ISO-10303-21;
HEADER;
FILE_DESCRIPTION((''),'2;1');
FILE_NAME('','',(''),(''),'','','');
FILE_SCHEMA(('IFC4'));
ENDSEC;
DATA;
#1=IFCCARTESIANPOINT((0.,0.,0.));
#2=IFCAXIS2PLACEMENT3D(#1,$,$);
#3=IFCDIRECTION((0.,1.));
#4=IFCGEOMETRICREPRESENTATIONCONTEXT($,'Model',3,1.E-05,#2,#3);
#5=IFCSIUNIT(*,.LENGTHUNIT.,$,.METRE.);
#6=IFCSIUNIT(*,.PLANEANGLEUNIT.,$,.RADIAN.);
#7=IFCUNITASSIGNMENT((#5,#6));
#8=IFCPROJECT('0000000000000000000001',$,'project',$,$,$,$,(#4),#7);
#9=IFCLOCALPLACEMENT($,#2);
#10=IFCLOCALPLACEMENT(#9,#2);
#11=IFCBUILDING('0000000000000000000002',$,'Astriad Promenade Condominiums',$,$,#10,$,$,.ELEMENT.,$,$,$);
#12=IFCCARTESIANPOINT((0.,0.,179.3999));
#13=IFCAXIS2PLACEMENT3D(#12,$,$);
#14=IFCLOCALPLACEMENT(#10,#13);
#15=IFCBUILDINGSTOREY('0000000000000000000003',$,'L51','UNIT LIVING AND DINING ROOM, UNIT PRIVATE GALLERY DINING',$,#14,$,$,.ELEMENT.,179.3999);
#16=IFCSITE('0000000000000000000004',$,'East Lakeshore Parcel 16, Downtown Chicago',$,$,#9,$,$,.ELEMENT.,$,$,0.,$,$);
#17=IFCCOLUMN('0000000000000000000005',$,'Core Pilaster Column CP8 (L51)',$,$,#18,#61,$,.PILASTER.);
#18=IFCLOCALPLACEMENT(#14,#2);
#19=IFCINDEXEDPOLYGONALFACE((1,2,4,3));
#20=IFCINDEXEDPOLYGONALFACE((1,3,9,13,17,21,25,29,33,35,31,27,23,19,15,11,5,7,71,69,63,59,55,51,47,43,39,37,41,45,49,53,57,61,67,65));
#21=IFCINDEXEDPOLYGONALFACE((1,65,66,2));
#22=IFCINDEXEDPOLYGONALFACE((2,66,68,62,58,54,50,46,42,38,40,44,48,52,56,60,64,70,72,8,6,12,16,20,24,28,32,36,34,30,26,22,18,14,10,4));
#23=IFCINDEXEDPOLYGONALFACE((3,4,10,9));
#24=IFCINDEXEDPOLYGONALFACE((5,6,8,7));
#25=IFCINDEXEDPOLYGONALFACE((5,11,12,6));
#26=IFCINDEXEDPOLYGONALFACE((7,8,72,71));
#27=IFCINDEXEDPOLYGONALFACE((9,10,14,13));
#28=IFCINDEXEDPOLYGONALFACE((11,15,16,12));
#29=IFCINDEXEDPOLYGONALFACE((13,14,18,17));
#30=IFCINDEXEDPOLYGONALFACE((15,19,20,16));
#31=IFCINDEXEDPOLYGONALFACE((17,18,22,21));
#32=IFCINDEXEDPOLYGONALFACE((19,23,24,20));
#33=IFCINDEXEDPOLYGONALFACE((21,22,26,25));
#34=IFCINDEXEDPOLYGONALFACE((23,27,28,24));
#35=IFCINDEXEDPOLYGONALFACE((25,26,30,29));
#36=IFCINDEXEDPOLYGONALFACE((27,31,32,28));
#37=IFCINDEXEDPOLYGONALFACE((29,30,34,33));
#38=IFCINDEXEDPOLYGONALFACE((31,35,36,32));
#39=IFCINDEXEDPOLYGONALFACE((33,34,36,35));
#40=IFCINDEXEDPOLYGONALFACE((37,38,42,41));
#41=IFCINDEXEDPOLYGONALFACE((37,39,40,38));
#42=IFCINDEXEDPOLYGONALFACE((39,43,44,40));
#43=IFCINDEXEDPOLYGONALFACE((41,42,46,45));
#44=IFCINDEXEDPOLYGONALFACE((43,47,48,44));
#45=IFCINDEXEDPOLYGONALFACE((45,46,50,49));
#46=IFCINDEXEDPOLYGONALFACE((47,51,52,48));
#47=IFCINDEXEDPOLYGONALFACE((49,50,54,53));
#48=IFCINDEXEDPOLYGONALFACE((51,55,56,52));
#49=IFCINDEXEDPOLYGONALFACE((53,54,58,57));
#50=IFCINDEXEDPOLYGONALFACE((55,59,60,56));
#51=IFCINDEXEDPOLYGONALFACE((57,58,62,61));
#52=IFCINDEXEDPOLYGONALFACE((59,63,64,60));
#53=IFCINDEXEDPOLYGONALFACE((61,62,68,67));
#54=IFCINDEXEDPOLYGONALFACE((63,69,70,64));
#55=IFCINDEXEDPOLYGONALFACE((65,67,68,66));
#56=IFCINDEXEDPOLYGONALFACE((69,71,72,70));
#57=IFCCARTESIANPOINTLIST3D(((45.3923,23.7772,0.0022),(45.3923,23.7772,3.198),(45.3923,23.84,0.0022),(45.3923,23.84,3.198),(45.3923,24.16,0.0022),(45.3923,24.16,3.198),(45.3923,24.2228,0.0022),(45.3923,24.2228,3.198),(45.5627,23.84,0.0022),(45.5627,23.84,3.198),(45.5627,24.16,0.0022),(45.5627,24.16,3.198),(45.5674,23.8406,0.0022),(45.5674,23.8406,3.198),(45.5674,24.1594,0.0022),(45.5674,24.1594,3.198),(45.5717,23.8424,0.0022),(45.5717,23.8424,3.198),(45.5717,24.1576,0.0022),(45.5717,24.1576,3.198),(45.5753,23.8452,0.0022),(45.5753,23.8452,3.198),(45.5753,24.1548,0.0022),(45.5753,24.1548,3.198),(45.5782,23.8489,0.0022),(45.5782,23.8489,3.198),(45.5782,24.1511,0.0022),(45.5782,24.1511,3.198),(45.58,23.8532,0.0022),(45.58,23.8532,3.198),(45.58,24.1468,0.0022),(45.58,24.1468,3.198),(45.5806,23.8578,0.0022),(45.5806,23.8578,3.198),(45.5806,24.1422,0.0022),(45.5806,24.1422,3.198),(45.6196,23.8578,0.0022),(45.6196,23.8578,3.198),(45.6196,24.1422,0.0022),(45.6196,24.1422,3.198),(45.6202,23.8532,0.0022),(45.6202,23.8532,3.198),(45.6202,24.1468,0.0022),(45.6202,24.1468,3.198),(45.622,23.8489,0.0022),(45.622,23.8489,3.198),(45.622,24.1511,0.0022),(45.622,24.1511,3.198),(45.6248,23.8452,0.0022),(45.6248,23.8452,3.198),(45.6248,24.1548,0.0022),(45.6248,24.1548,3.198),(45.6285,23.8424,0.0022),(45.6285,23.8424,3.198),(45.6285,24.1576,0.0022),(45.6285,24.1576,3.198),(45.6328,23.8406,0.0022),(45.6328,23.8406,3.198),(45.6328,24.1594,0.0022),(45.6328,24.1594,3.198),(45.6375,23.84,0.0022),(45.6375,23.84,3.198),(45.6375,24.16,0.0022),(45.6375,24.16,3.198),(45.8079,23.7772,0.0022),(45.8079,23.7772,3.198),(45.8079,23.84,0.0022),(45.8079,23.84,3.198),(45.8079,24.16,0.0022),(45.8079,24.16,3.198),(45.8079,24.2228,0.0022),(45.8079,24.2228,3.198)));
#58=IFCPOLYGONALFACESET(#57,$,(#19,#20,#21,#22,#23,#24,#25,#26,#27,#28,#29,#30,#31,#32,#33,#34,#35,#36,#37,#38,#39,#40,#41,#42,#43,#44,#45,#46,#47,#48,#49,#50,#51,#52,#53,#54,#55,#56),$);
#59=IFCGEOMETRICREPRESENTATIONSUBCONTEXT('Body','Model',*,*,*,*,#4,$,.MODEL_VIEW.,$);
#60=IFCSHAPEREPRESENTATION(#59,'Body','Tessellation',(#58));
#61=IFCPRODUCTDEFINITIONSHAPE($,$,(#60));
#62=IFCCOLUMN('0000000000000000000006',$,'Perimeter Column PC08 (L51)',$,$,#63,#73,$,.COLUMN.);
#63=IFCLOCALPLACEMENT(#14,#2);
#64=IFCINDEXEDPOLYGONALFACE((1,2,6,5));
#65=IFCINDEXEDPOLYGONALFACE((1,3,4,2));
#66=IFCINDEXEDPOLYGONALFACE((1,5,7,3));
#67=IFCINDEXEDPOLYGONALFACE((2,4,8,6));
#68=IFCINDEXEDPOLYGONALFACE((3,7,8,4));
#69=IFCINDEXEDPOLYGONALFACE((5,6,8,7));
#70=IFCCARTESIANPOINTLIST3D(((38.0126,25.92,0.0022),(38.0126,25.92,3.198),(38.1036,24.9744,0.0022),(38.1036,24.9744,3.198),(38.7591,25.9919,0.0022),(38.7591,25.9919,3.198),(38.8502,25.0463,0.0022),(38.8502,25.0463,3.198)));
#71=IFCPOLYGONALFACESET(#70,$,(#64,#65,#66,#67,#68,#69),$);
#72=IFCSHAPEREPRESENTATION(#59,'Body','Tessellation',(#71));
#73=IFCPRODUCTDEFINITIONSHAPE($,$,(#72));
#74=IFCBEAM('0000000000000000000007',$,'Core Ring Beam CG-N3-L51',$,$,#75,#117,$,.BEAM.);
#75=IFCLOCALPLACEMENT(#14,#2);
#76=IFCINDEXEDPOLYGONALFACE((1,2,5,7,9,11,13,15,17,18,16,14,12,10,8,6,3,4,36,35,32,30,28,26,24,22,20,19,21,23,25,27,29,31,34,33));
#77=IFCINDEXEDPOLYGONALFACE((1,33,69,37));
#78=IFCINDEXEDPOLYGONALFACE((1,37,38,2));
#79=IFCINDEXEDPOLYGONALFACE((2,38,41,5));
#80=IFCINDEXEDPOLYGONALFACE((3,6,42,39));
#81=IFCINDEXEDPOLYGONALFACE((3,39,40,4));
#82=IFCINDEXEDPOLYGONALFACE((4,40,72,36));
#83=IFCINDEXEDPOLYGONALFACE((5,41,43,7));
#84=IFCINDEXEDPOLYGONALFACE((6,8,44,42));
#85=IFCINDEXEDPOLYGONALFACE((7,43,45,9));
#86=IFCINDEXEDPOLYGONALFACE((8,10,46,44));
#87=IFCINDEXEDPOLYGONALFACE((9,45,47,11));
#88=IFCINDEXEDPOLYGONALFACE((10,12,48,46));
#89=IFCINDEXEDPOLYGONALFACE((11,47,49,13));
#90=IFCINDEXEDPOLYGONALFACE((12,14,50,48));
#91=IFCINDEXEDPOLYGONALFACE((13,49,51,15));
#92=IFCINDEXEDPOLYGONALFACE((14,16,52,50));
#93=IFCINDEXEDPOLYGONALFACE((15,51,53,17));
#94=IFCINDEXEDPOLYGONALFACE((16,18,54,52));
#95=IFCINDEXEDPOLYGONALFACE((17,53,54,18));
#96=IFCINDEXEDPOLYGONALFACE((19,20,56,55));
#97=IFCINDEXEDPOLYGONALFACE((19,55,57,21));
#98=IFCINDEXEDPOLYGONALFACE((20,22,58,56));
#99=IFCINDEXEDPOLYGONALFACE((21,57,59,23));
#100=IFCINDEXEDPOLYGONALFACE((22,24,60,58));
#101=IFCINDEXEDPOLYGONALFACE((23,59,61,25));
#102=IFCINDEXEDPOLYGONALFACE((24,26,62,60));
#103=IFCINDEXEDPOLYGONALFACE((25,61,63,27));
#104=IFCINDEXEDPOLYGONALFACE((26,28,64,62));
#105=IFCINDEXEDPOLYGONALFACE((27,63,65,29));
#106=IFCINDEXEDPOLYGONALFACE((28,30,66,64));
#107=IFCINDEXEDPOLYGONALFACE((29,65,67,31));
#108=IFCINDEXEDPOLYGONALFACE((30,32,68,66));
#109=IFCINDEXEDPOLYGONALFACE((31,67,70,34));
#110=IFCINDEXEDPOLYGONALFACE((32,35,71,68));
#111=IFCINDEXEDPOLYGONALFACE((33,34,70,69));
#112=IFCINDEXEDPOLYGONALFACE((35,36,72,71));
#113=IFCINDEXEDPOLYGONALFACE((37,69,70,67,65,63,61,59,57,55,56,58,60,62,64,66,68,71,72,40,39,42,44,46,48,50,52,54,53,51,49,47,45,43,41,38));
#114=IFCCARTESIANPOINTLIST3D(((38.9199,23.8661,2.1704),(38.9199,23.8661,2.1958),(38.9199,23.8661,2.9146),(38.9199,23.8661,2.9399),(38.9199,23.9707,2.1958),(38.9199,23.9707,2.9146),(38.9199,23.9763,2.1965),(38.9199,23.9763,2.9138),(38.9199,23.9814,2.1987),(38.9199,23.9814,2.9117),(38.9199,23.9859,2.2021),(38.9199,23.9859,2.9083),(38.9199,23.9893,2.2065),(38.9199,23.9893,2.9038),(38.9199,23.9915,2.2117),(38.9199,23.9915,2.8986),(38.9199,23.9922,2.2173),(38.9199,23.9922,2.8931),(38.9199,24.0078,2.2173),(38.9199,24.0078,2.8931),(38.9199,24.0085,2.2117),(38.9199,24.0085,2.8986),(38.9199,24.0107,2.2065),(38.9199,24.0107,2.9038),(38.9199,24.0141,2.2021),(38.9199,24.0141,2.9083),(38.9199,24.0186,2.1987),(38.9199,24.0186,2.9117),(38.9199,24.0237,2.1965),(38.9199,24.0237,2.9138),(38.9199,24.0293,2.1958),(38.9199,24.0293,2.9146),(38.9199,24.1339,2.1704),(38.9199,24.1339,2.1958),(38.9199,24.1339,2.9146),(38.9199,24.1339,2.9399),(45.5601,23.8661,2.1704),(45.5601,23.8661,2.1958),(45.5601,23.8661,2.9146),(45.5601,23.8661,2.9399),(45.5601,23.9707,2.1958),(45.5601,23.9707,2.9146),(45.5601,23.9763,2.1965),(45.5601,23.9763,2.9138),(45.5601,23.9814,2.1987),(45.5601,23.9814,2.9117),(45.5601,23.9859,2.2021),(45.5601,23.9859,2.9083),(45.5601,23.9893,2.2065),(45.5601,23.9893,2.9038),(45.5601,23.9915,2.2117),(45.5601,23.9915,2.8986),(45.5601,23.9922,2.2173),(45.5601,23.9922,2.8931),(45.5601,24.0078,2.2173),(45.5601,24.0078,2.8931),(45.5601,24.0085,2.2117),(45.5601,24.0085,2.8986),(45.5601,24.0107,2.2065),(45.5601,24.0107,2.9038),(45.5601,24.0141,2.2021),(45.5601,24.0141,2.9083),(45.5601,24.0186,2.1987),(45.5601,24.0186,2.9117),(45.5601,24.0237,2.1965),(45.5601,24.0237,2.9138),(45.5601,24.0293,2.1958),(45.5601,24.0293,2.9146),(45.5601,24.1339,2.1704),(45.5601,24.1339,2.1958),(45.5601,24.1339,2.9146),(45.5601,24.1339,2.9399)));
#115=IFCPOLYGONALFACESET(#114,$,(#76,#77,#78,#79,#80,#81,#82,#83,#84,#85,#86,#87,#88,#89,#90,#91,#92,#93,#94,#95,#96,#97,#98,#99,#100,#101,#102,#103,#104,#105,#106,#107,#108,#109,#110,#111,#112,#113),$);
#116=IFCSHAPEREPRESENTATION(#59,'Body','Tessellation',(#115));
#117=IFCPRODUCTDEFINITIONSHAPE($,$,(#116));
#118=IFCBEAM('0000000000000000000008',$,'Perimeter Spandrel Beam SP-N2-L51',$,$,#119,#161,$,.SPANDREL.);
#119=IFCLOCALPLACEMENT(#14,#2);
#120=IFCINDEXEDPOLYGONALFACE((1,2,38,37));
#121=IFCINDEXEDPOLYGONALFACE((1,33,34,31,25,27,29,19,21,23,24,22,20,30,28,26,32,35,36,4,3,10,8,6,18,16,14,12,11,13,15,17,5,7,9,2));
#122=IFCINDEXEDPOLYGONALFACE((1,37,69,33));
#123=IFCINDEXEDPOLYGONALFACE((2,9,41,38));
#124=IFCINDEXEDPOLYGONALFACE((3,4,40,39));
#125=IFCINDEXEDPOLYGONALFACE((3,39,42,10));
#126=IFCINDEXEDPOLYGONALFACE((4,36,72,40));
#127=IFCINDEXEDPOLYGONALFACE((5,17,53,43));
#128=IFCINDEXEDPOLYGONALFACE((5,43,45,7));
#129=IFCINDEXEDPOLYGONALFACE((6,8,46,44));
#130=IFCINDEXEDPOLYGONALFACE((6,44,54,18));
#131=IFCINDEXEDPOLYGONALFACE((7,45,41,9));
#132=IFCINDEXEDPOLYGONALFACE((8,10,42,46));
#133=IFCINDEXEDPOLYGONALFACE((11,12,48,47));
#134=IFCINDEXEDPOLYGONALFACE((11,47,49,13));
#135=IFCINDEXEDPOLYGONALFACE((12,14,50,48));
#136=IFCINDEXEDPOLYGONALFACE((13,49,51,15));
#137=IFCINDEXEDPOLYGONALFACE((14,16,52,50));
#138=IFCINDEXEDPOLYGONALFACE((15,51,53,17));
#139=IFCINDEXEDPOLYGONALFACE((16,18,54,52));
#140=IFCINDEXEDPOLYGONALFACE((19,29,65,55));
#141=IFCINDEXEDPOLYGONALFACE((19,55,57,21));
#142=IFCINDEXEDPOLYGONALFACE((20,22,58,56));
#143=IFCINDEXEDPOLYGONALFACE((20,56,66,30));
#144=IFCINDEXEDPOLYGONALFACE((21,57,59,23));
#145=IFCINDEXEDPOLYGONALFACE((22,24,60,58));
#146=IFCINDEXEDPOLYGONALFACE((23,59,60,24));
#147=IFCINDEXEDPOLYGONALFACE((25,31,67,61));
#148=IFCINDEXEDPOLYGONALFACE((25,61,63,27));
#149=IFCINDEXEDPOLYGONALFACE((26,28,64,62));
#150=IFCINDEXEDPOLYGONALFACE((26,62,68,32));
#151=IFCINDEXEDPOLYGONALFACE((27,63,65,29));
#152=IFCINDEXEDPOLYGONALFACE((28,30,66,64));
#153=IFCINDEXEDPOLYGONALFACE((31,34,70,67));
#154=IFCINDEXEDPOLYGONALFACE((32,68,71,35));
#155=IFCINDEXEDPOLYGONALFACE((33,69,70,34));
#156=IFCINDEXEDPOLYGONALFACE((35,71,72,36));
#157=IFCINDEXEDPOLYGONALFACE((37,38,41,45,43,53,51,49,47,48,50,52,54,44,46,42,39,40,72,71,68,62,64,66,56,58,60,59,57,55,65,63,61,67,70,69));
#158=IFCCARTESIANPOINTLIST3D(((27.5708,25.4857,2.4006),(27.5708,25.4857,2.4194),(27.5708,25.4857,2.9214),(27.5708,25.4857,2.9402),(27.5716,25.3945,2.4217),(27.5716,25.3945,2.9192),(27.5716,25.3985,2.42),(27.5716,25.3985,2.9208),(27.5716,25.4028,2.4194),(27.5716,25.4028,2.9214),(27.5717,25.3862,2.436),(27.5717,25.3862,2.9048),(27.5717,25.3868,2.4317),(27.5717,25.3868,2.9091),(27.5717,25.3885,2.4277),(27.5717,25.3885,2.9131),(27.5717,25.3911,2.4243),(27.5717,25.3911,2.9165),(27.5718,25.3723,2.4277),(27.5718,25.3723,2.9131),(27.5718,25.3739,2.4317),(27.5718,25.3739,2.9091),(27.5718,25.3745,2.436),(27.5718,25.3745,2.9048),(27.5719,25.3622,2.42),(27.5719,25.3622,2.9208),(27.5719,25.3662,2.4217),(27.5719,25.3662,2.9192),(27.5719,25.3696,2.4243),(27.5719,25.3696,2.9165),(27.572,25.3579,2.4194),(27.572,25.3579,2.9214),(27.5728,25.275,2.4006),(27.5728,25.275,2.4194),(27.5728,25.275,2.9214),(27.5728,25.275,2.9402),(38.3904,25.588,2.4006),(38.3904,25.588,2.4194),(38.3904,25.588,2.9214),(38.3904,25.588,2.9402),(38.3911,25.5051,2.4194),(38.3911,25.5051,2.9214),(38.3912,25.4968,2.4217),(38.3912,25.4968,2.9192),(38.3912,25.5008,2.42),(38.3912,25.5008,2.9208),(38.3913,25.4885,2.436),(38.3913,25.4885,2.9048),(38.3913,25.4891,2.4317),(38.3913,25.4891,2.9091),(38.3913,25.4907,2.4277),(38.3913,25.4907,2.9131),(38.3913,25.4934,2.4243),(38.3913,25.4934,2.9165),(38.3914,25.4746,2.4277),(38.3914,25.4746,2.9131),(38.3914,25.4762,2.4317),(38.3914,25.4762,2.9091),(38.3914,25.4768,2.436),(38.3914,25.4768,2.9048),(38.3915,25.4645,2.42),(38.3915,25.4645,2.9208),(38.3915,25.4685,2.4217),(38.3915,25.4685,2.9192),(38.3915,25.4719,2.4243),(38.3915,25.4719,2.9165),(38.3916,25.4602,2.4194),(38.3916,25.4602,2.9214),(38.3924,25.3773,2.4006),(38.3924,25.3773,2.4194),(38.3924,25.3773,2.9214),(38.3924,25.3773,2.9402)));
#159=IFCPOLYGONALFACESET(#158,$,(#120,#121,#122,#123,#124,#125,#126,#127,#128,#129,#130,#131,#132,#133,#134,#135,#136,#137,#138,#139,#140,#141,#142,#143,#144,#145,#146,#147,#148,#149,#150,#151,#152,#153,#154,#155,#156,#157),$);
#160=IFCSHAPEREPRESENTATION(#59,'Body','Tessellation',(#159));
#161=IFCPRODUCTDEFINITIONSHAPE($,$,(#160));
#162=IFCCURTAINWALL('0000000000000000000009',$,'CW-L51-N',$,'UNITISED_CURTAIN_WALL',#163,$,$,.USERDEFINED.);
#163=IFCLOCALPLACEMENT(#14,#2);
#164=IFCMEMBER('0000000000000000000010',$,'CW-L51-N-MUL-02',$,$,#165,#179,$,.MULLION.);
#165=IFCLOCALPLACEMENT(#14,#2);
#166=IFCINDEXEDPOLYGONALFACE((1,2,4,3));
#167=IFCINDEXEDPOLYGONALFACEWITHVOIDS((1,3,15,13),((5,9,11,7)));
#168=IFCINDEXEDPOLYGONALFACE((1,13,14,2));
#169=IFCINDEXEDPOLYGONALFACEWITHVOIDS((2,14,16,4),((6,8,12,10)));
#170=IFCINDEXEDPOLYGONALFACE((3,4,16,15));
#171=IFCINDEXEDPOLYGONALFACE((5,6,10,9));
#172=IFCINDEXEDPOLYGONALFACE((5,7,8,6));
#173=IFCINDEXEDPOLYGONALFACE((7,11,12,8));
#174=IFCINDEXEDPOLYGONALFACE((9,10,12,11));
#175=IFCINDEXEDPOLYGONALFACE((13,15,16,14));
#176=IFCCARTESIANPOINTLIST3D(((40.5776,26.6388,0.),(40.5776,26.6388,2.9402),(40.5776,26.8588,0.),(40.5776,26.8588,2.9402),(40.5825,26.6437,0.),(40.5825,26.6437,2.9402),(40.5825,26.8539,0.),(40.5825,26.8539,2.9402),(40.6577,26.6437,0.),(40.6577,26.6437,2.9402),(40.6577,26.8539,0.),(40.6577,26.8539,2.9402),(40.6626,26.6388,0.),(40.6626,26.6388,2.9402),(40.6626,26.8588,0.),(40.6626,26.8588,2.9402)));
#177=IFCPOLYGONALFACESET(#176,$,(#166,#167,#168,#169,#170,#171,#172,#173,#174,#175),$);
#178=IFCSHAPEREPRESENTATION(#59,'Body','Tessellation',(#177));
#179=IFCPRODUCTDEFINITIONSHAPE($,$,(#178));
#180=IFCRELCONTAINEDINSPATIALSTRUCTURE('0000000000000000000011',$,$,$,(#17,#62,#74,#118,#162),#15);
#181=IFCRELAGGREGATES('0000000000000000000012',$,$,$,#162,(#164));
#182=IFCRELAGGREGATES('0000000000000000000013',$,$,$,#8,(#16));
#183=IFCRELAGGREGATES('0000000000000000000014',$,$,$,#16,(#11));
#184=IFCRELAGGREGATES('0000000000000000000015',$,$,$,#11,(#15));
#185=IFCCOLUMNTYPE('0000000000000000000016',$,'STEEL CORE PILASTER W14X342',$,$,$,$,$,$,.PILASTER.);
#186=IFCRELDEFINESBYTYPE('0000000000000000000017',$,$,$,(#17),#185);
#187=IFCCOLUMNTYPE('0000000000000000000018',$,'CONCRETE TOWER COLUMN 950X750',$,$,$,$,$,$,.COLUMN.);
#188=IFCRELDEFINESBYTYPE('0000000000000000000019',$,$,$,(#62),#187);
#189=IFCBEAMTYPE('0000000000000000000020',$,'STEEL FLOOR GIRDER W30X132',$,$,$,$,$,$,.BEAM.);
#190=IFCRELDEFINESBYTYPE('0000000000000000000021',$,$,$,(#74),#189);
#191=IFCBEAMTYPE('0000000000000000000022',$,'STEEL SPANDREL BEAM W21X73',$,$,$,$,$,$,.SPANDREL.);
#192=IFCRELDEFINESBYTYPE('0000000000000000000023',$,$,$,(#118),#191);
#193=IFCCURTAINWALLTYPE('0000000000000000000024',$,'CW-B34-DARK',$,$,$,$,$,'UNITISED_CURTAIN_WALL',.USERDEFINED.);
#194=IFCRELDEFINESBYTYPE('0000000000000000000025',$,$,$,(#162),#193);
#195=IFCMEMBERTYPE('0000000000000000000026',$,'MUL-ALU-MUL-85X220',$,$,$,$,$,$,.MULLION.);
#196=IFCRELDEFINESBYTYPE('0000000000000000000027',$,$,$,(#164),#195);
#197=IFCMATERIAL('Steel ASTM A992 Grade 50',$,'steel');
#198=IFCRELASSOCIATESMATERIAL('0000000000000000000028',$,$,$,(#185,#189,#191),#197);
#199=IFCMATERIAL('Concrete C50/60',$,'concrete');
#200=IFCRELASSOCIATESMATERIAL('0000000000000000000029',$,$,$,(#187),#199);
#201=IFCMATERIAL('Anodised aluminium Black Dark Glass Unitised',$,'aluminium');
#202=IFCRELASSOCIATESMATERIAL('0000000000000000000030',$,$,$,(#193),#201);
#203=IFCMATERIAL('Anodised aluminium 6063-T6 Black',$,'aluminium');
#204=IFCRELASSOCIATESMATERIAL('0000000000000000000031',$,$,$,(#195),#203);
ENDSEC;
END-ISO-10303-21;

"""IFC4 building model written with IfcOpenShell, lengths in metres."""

from ifc_helpers import new_model, si_unit, direction, frame, origin, origin_2d, place, context, subcontext, project, spatial, rectangle, hollow_rectangle, i_section, extrude, source, transform, mapped, material, material_profile, profile_set, type_object, type_shapes, element, aggregate, save


model = new_model("IFC4")

# Units and contexts
model_context = context("Model", 3, precision=1e-05, world=origin(), true_north=direction((0.0, 1.0)))
body_context = subcontext(model_context, "Body", "Model", "MODEL_VIEW")
ifc_project = project(units=[si_unit("LENGTHUNIT", "METRE"), si_unit("PLANEANGLEUNIT", "RADIAN")], contexts=[model_context])

# Site, building, storey
site_placement = place(None, origin())
site = spatial("IfcSite", under=ifc_project, at=site_placement, Name="East Lakeshore Parcel 16, Downtown Chicago", CompositionType="ELEMENT", RefElevation=0.0)
building_placement = place(site_placement, origin())
building = spatial("IfcBuilding", under=site, at=building_placement, Name="Astriad Promenade Condominiums", CompositionType="ELEMENT")
storey_placement = place(building_placement, frame((0.0, 0.0, 179.3999)))
storey = spatial("IfcBuildingStorey", under=building, at=storey_placement, Name="L51", Description="UNIT LIVING AND DINING ROOM, UNIT PRIVATE GALLERY DINING", CompositionType="ELEMENT", Elevation=179.3999)

# Columns
ifc_material_1 = material(Name="Steel ASTM A992 Grade 50", Category="steel")
ifc_material_profile_1 = material_profile(ifc_material_1, i_section(OverallWidth=0.4155, OverallDepth=0.4456, WebThickness=0.0391, FlangeThickness=0.0627, FilletRadius=0.0178, at=origin_2d()), Name="W14X342")
ifc_profile_set_1 = profile_set([ifc_material_profile_1], Name="Steel ASTM A992 Grade 50")
column_type_1 = type_object("IfcColumnType", Name="STEEL CORE PILASTER W14X342", PredefinedType="PILASTER", material=ifc_profile_set_1)
shared_shape_1 = source(origin(), body_context, "Body", "SweptSolid", [
    extrude(i_section(OverallWidth=0.4155, OverallDepth=0.4456, WebThickness=0.0391, FlangeThickness=0.0627, FilletRadius=0.0178, at=origin_2d()), origin(), (0.0, 0.0, 1.0), 3.1958),
])
type_shapes(column_type_1, [shared_shape_1])
column_1_placement = place(storey_placement, frame((45.6001, 24.0, 0.0022), z_axis=(0.0, 0.0, 1.0), x_axis=(1.0, 0.0, 0.0)))
element("IfcColumn", 1, at=column_1_placement, inside=storey, type_object=column_type_1, Name="Core Pilaster Column CP8 (L51)", PredefinedType="PILASTER", context=body_context, shape_type="MappedRepresentation", body=[
    mapped(shared_shape_1, transform((0.0, 0.0, 0.0), scale=1.0)),
])
ifc_material_2 = material(Name="Concrete C50/60", Category="concrete")
ifc_material_profile_2 = material_profile(ifc_material_2, rectangle(XDim=0.75, YDim=0.95, at=origin_2d()), Name="RC-COL-950X750")
ifc_profile_set_2 = profile_set([ifc_material_profile_2], Name="Concrete C50/60")
column_type_2 = type_object("IfcColumnType", Name="CONCRETE TOWER COLUMN 950X750", PredefinedType="COLUMN", material=ifc_profile_set_2)
shared_shape_2 = source(origin(), body_context, "Body", "SweptSolid", [
    extrude(rectangle(XDim=0.75, YDim=0.95, at=origin_2d()), origin(), (0.0, 0.0, 1.0), 3.1958),
])
type_shapes(column_type_2, [shared_shape_2])
column_2_placement = place(storey_placement, frame((38.4314, 25.4832, 0.0022), z_axis=(0.0, 0.0, 1.0), x_axis=(0.995396, 0.095846, 0.0)))
element("IfcColumn", 2, at=column_2_placement, inside=storey, type_object=column_type_2, Name="Perimeter Column PC08 (L51)", PredefinedType="COLUMN", context=body_context, shape_type="MappedRepresentation", body=[
    mapped(shared_shape_2, transform((0.0, 0.0, 0.0), scale=1.0)),
])

# Beams
ifc_material_profile_3 = material_profile(ifc_material_1, i_section(OverallWidth=0.2678, OverallDepth=0.7695, WebThickness=0.0156, FlangeThickness=0.0254, FilletRadius=0.0215, at=origin_2d()), Name="W30X132")
ifc_profile_set_3 = profile_set([ifc_material_profile_3], Name="Steel ASTM A992 Grade 50")
beam_type_1 = type_object("IfcBeamType", Name="STEEL FLOOR GIRDER W30X132", PredefinedType="BEAM", material=ifc_profile_set_3)
shared_shape_3 = source(origin(), body_context, "Body", "SweptSolid", [
    extrude(i_section(OverallWidth=0.2678, OverallDepth=0.7695, WebThickness=0.0156, FlangeThickness=0.0254, FilletRadius=0.0215, at=origin_2d()), origin(), (0.0, 0.0, 1.0), 6.6401),
])
type_shapes(beam_type_1, [shared_shape_3])
beam_1_placement = place(storey_placement, frame((38.9199, 24.0, 2.5552), z_axis=(1.0, 0.0, 0.0), x_axis=(0.0, 1.0, 0.0)))
element("IfcBeam", 3, at=beam_1_placement, inside=storey, type_object=beam_type_1, Name="Core Ring Beam CG-N3-L51", PredefinedType="BEAM", context=body_context, shape_type="MappedRepresentation", body=[
    mapped(shared_shape_3, transform((0.0, 0.0, 0.0), scale=1.0)),
])
ifc_material_profile_4 = material_profile(ifc_material_1, i_section(OverallWidth=0.2107, OverallDepth=0.5396, WebThickness=0.0117, FlangeThickness=0.0188, FilletRadius=0.0166, at=origin_2d()), Name="W21X73")
ifc_profile_set_4 = profile_set([ifc_material_profile_4], Name="Steel ASTM A992 Grade 50")
beam_type_2 = type_object("IfcBeamType", Name="STEEL SPANDREL BEAM W21X73", PredefinedType="SPANDREL", material=ifc_profile_set_4)
shared_shape_4 = source(origin(), body_context, "Body", "SweptSolid", [
    extrude(i_section(OverallWidth=0.2107, OverallDepth=0.5396, WebThickness=0.0117, FlangeThickness=0.0188, FilletRadius=0.0166, at=origin_2d()), origin(), (0.0, 0.0, 1.0), 10.8201),
])
type_shapes(beam_type_2, [shared_shape_4])
beam_2_placement = place(storey_placement, frame((38.3914, 25.4827, 2.6704), z_axis=(-0.999955, -0.009454, 0.0), x_axis=(0.009454, -0.999955, 0.0)))
element("IfcBeam", 4, at=beam_2_placement, inside=storey, type_object=beam_type_2, Name="Perimeter Spandrel Beam SP-N2-L51", PredefinedType="SPANDREL", context=body_context, shape_type="MappedRepresentation", body=[
    mapped(shared_shape_4, transform((0.0, 0.0, 0.0), scale=1.0)),
])

# Curtain wall, member
ifc_material_3 = material(Name="Anodised aluminium Black Dark Glass Unitised", Category="aluminium")
curtain_wall_type = type_object("IfcCurtainWallType", Name="CW-B34-DARK", ElementType="UNITISED_CURTAIN_WALL", PredefinedType="USERDEFINED", material=ifc_material_3)
curtain_wall_placement = place(storey_placement, origin())
curtain_wall = element("IfcCurtainWall", 5, at=curtain_wall_placement, inside=storey, type_object=curtain_wall_type, Name="CW-L51-N", ObjectType="UNITISED_CURTAIN_WALL", PredefinedType="USERDEFINED")
ifc_material_4 = material(Name="Anodised aluminium 6063-T6 Black", Category="aluminium")
ifc_material_profile_5 = material_profile(ifc_material_4, hollow_rectangle(XDim=0.085, YDim=0.22, WallThickness=0.0049, at=origin_2d()), Name="ALU-MUL-85X220")
ifc_profile_set_5 = profile_set([ifc_material_profile_5], Name="Anodised aluminium 6063-T6 Black")
member_type_1 = type_object("IfcMemberType", Name="MUL-ALU-MUL-85X220", PredefinedType="MULLION", material=ifc_profile_set_5)
shared_shape_5 = source(origin(), body_context, "Body", "SweptSolid", [
    extrude(hollow_rectangle(XDim=0.085, YDim=0.22, WallThickness=0.0049, at=origin_2d()), origin(), (0.0, 0.0, 1.0), 2.9402),
])
type_shapes(member_type_1, [shared_shape_5])
member_1_placement = place(storey_placement, frame((40.6201, 26.7488, 0.0), z_axis=(0.0, 0.0, 1.0), x_axis=(1.0, 0.0, 0.0)))
member_1 = element("IfcMember", 6, at=member_1_placement, type_object=member_type_1, Name="CW-L51-N-MUL-02", PredefinedType="MULLION", context=body_context, shape_type="MappedRepresentation", body=[
    mapped(shared_shape_5, transform((0.0, 0.0, 0.0), scale=1.0)),
])
aggregate(curtain_wall, [member_1])

save(model, "model.ifc")
